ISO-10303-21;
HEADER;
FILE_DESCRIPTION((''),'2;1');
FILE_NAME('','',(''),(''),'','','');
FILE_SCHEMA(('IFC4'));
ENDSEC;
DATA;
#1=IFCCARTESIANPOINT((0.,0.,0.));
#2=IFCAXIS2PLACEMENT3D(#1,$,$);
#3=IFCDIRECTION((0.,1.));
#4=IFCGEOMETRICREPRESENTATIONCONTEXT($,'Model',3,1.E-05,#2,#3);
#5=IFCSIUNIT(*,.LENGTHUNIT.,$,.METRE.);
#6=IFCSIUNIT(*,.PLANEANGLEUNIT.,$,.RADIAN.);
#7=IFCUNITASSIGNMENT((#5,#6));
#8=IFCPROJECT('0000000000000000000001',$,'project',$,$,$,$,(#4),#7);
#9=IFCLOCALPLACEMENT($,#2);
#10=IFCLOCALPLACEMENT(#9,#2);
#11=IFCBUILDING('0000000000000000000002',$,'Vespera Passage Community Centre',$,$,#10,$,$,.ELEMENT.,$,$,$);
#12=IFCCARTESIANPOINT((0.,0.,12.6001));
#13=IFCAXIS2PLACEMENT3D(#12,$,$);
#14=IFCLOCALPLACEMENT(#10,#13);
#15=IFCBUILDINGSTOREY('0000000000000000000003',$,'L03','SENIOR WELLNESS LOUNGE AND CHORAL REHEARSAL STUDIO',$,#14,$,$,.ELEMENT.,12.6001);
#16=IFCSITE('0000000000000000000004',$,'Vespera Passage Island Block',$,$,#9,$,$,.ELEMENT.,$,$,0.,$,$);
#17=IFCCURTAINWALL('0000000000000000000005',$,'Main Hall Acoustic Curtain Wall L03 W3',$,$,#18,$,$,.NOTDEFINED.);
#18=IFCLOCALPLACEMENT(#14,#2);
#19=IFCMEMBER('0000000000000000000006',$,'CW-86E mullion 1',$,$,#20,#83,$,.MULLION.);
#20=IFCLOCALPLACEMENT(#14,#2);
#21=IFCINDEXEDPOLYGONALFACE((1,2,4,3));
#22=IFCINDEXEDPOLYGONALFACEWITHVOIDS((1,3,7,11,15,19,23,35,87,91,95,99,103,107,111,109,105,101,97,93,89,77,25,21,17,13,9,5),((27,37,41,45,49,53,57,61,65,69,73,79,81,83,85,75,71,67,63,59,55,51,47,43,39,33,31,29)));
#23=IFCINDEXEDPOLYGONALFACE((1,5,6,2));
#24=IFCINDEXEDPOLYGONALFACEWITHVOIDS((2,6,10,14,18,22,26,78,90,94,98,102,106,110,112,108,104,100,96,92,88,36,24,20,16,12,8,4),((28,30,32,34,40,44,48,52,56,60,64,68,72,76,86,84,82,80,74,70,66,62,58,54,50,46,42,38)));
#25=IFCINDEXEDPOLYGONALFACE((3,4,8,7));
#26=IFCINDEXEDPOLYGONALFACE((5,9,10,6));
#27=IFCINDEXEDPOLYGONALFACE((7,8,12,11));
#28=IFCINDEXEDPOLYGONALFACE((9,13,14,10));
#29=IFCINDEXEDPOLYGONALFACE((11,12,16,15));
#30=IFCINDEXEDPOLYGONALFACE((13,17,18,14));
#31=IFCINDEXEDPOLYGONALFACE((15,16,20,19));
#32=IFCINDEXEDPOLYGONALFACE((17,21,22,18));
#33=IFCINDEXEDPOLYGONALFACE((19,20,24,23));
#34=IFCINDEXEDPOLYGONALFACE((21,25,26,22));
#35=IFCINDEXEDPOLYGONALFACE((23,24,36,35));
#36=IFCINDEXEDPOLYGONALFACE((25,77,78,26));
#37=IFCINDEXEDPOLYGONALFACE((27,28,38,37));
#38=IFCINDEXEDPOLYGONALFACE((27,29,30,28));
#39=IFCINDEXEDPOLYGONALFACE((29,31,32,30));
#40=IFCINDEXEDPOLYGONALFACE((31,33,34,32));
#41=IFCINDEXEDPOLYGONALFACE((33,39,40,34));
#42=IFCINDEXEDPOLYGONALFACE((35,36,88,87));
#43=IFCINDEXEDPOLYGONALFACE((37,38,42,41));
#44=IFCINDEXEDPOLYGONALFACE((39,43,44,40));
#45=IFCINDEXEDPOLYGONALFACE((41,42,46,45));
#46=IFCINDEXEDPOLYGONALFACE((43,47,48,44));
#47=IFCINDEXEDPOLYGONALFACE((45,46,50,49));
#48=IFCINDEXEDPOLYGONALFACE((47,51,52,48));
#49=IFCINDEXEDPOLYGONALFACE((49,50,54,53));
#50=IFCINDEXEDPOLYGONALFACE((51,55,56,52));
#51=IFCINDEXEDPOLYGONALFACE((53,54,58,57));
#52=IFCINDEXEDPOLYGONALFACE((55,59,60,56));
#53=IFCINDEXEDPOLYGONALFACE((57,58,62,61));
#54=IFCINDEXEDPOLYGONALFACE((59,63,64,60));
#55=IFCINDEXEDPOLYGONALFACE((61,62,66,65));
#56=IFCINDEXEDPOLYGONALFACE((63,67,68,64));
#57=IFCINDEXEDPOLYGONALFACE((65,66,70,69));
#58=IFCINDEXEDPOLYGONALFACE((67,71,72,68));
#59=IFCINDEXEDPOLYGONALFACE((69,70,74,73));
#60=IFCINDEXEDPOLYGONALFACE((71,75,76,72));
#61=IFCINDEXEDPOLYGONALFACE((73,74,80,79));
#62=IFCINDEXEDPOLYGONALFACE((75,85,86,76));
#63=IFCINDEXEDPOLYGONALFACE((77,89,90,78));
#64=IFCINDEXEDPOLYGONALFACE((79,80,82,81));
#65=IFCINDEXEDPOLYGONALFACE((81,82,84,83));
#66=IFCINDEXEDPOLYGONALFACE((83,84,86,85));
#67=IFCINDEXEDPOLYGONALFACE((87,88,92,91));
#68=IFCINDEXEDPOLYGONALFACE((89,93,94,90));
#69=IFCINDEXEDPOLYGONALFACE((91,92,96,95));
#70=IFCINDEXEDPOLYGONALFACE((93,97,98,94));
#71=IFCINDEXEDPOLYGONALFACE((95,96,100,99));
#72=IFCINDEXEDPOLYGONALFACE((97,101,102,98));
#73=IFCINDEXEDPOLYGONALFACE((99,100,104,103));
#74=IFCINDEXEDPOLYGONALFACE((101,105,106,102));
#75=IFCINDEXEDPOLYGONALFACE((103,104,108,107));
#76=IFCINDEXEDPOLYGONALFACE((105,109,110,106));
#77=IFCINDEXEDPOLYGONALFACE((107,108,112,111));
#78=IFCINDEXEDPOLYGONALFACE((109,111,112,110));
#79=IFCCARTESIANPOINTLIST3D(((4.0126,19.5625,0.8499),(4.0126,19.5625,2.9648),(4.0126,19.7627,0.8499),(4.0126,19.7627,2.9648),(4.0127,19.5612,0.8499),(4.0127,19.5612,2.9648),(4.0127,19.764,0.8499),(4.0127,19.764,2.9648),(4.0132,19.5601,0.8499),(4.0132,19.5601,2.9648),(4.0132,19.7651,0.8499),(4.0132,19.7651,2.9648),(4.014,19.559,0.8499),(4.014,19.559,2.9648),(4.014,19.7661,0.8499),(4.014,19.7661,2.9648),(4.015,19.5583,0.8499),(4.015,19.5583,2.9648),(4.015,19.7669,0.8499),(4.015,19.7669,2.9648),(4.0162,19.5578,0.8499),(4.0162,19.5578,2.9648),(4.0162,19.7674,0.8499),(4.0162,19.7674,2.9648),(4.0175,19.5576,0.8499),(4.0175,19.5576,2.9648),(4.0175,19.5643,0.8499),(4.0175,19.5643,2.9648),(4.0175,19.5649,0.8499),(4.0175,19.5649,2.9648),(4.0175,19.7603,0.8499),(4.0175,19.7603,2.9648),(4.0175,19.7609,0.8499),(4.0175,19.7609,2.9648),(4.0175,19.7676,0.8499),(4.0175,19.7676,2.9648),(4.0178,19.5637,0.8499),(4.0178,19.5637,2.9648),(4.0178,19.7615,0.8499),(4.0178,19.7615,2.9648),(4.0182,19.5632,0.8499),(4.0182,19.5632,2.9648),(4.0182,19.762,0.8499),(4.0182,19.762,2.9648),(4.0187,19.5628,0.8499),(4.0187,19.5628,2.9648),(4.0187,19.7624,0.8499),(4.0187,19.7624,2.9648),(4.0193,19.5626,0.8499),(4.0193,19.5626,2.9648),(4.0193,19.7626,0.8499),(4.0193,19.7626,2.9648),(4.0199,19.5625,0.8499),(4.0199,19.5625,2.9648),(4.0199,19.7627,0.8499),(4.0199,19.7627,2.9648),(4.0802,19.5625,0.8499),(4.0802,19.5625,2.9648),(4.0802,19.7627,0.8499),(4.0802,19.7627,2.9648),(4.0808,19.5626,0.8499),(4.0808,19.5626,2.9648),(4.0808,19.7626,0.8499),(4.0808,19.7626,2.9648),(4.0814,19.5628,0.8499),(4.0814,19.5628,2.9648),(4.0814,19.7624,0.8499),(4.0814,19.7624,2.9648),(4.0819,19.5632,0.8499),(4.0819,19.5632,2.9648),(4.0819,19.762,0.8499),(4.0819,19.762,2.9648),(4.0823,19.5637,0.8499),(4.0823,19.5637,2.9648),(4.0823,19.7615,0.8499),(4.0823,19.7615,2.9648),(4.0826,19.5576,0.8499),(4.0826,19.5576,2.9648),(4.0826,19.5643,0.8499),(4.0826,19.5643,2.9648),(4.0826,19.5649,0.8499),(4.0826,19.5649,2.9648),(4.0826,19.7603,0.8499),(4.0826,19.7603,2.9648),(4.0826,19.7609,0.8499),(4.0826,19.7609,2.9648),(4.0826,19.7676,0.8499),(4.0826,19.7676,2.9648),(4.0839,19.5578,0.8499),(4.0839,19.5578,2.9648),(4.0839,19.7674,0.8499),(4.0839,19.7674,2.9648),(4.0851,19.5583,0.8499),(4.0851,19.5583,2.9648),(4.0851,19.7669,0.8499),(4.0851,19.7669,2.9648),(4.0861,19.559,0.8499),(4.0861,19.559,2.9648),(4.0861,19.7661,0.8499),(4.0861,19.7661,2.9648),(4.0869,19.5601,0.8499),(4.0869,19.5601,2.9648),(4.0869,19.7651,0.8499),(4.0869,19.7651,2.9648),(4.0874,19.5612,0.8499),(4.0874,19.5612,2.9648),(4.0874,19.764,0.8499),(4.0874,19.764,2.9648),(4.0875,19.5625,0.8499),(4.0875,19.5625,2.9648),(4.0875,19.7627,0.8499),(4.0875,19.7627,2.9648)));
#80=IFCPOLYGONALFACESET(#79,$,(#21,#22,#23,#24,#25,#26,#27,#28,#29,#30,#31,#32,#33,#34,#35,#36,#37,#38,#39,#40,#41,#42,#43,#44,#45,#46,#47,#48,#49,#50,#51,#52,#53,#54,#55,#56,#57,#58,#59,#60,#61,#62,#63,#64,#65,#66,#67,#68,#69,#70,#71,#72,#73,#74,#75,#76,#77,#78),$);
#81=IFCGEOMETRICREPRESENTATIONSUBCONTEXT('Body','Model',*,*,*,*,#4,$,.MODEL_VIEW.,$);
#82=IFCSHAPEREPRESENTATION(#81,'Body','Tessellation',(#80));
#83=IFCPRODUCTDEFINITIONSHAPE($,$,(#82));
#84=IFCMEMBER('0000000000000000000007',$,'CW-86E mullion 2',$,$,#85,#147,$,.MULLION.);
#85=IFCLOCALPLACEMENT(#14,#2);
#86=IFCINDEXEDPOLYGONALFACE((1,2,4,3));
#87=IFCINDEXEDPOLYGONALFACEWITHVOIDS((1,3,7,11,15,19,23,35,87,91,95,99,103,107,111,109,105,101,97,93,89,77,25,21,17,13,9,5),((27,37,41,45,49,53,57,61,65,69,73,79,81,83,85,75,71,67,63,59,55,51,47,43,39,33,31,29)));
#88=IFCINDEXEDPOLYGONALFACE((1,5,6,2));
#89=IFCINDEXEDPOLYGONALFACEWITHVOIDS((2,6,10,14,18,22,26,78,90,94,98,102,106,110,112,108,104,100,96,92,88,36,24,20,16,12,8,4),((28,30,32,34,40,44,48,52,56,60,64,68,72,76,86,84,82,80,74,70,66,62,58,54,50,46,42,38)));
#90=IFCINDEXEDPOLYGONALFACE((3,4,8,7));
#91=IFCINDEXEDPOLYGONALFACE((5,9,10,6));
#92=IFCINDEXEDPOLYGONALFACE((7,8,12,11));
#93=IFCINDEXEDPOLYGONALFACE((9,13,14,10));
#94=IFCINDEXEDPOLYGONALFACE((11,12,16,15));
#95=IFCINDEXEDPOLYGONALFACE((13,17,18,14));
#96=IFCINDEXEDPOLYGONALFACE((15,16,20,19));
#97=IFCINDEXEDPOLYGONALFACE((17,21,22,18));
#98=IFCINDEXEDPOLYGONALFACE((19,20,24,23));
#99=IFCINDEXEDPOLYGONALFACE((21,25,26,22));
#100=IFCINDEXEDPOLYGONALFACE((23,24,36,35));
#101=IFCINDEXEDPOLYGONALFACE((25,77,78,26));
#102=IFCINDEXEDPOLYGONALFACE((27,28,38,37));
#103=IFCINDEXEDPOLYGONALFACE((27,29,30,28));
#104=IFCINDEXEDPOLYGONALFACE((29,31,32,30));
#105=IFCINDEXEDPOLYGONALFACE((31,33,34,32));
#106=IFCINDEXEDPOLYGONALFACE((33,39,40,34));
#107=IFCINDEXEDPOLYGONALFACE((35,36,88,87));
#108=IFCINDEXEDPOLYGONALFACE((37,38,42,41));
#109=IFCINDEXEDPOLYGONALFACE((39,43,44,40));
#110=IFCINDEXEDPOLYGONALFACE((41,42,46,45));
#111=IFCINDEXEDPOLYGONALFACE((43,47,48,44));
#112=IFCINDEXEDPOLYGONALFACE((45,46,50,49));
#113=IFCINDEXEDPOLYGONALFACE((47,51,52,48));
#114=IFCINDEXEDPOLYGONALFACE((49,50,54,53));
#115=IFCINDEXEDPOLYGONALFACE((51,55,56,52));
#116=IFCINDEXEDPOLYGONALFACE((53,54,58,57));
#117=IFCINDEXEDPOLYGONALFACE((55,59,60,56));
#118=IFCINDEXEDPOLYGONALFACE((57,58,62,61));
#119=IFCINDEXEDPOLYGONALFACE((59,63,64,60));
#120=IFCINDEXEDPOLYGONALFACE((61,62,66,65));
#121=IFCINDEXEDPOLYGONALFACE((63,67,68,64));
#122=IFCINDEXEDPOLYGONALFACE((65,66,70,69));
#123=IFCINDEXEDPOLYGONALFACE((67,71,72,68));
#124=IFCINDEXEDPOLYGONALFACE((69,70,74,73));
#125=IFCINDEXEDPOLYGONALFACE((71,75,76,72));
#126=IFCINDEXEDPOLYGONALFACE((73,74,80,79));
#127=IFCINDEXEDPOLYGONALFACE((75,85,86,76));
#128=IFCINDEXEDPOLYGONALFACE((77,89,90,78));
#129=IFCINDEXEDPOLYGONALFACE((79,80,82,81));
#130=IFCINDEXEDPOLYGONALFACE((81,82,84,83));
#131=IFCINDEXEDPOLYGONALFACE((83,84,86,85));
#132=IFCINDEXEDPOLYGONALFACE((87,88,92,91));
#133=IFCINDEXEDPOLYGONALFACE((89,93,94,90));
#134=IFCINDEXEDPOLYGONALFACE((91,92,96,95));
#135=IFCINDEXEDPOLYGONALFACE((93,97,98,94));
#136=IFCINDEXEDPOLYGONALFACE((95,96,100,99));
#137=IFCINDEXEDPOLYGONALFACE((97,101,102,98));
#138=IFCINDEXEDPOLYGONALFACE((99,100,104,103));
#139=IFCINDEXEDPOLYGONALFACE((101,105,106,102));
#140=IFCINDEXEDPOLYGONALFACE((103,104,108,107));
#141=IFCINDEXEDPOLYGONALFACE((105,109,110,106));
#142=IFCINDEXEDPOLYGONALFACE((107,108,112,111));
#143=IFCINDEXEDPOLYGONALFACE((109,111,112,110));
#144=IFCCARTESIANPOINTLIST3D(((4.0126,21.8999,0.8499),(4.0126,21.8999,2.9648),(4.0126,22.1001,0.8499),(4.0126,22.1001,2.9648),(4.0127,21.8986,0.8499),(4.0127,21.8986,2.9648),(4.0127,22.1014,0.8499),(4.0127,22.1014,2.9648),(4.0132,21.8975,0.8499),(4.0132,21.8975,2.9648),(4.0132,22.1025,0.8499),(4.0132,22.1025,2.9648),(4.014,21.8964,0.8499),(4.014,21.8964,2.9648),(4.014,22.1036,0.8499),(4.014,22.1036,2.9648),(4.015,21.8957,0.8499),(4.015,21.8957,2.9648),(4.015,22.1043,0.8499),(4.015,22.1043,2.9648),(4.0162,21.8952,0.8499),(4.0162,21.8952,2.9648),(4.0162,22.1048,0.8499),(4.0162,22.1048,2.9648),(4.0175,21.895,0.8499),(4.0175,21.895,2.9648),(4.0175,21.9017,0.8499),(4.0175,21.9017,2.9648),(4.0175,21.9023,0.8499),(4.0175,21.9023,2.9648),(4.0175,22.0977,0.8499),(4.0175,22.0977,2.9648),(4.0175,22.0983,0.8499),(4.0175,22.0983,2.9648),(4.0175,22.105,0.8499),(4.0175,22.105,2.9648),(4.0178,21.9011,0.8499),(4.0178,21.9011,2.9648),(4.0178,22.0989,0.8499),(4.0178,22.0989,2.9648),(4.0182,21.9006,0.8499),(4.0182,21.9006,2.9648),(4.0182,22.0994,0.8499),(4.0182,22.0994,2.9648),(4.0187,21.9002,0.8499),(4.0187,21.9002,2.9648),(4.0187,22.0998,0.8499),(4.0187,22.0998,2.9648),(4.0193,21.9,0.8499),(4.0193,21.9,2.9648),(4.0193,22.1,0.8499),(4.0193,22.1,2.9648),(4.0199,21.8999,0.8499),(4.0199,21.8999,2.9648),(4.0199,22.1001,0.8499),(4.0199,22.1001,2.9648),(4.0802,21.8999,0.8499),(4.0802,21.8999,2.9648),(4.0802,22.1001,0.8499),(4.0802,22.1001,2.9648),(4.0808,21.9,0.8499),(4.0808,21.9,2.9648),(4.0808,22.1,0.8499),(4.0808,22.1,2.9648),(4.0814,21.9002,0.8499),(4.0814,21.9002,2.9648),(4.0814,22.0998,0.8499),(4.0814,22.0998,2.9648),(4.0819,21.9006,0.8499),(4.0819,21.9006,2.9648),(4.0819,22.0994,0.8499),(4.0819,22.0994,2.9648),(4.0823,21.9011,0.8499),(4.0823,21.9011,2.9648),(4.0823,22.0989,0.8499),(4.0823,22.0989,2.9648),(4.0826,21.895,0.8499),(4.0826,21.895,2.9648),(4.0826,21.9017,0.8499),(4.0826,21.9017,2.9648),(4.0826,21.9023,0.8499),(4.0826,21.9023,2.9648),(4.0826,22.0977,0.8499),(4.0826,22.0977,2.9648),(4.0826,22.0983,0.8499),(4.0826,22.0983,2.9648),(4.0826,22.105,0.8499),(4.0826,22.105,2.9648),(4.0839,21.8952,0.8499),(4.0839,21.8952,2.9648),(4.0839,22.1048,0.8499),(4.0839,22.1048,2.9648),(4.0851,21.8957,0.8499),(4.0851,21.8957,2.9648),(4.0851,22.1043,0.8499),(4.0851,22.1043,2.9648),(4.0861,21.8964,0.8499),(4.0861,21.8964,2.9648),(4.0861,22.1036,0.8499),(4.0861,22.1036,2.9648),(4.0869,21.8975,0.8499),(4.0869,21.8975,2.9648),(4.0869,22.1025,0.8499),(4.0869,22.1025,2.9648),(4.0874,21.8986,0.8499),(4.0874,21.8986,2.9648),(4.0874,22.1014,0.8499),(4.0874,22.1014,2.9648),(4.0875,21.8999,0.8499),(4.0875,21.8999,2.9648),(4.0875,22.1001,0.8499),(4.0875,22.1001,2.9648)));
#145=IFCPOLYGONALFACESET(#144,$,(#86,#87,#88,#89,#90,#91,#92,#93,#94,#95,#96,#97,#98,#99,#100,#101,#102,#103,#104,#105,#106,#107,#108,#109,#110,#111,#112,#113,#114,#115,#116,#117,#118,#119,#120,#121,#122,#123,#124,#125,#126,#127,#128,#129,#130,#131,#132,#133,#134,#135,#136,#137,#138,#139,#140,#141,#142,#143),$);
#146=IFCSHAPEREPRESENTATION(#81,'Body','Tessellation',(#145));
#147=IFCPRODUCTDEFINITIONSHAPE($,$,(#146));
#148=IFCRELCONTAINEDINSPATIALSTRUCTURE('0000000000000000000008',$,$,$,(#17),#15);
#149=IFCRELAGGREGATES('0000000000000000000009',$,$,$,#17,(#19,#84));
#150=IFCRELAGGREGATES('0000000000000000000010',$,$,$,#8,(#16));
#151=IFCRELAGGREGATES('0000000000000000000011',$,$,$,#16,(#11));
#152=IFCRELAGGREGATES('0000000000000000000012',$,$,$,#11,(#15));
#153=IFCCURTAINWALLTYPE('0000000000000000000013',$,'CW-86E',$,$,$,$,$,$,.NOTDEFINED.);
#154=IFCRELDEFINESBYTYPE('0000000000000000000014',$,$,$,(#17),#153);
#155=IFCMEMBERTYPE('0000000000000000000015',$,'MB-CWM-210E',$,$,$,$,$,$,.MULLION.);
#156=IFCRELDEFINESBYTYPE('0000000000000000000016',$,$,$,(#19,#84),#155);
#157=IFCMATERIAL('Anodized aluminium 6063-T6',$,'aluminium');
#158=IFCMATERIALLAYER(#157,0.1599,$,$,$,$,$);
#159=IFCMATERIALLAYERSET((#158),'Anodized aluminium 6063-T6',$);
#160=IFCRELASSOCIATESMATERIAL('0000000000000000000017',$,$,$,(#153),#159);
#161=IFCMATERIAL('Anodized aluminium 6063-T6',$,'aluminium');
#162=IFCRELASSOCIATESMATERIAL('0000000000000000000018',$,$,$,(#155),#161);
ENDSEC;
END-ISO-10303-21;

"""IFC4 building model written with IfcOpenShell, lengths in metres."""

from ifc_helpers import new_model, si_unit, direction, frame, origin, origin_2d, place, context, subcontext, project, spatial, hollow_rectangle, extrude, material, layer, layer_set, material_profile, profile_set, type_object, element, aggregate, save


model = new_model("IFC4")

# Units and contexts
model_context = context("Model", 3, precision=1e-05, world=origin(), true_north=direction((0.0, 1.0)))
body_context = subcontext(model_context, "Body", "Model", "MODEL_VIEW")
ifc_project = project(units=[si_unit("LENGTHUNIT", "METRE"), si_unit("PLANEANGLEUNIT", "RADIAN")], contexts=[model_context])

# Site, building, storey
site_placement = place(None, origin())
site = spatial("IfcSite", under=ifc_project, at=site_placement, Name="Vespera Passage Island Block", CompositionType="ELEMENT", RefElevation=0.0)
building_placement = place(site_placement, origin())
building = spatial("IfcBuilding", under=site, at=building_placement, Name="Vespera Passage Community Centre", CompositionType="ELEMENT")
storey_placement = place(building_placement, frame((0.0, 0.0, 12.6001)))
storey = spatial("IfcBuildingStorey", under=building, at=storey_placement, Name="L03", Description="SENIOR WELLNESS LOUNGE AND CHORAL REHEARSAL STUDIO", CompositionType="ELEMENT", Elevation=12.6001)

# Shared definitions
ifc_material_1 = material(Name="Anodized aluminium 6063-T6", Category="aluminium")
ifc_layer_1 = layer(ifc_material_1, 0.1599)
ifc_layer_set_1 = layer_set([ifc_layer_1], Name="Anodized aluminium 6063-T6")
curtain_wall_type = type_object("IfcCurtainWallType", Name="CW-86E", PredefinedType="NOTDEFINED", material=ifc_layer_set_1)
ifc_material_2 = material(Name="Anodized aluminium 6063-T6", Category="aluminium")
ifc_material_profile_1 = material_profile(ifc_material_2, hollow_rectangle(XDim=0.075, YDim=0.21, WallThickness=0.0049, InnerFilletRadius=0.0024, OuterFilletRadius=0.0049, at=origin_2d()), Name="ALU210X75X5")
ifc_profile_set_1 = profile_set([ifc_material_profile_1], Name="Anodized aluminium 6063-T6")
member_type_1 = type_object("IfcMemberType", Name="MB-CWM-210E", PredefinedType="MULLION", material=ifc_profile_set_1)

# Curtain wall, members
curtain_wall_1_placement = place(storey_placement, origin())
curtain_wall_1 = element("IfcCurtainWall", 1, at=curtain_wall_1_placement, inside=storey, type_object=curtain_wall_type, Name="Main Hall Acoustic Curtain Wall L03 W3", PredefinedType="NOTDEFINED")
member_1_placement = place(storey_placement, frame((4.05, 19.6626, 0.8499), z_axis=(0.0, 0.0, 1.0), x_axis=(-1.0, 0.0, 0.0)))
member_1 = element("IfcMember", 2, at=member_1_placement, type_object=member_type_1, Name="CW-86E mullion 1", PredefinedType="MULLION", context=body_context, shape_type="SweptSolid", body=[
    extrude(hollow_rectangle(XDim=0.075, YDim=0.21, WallThickness=0.0049, InnerFilletRadius=0.0024, OuterFilletRadius=0.0049, at=origin_2d()), origin(), (0.0, 0.0, 1.0), 2.115),
])
member_2_placement = place(storey_placement, frame((4.05, 22.0, 0.8499), z_axis=(0.0, 0.0, 1.0), x_axis=(-1.0, 0.0, 0.0)))
member_2 = element("IfcMember", 3, at=member_2_placement, type_object=member_type_1, Name="CW-86E mullion 2", PredefinedType="MULLION", context=body_context, shape_type="SweptSolid", body=[
    extrude(hollow_rectangle(XDim=0.075, YDim=0.21, WallThickness=0.0049, InnerFilletRadius=0.0024, OuterFilletRadius=0.0049, at=origin_2d()), origin(), (0.0, 0.0, 1.0), 2.115),
])

aggregate(curtain_wall_1, [member_1, member_2])

save(model, "model.ifc")
